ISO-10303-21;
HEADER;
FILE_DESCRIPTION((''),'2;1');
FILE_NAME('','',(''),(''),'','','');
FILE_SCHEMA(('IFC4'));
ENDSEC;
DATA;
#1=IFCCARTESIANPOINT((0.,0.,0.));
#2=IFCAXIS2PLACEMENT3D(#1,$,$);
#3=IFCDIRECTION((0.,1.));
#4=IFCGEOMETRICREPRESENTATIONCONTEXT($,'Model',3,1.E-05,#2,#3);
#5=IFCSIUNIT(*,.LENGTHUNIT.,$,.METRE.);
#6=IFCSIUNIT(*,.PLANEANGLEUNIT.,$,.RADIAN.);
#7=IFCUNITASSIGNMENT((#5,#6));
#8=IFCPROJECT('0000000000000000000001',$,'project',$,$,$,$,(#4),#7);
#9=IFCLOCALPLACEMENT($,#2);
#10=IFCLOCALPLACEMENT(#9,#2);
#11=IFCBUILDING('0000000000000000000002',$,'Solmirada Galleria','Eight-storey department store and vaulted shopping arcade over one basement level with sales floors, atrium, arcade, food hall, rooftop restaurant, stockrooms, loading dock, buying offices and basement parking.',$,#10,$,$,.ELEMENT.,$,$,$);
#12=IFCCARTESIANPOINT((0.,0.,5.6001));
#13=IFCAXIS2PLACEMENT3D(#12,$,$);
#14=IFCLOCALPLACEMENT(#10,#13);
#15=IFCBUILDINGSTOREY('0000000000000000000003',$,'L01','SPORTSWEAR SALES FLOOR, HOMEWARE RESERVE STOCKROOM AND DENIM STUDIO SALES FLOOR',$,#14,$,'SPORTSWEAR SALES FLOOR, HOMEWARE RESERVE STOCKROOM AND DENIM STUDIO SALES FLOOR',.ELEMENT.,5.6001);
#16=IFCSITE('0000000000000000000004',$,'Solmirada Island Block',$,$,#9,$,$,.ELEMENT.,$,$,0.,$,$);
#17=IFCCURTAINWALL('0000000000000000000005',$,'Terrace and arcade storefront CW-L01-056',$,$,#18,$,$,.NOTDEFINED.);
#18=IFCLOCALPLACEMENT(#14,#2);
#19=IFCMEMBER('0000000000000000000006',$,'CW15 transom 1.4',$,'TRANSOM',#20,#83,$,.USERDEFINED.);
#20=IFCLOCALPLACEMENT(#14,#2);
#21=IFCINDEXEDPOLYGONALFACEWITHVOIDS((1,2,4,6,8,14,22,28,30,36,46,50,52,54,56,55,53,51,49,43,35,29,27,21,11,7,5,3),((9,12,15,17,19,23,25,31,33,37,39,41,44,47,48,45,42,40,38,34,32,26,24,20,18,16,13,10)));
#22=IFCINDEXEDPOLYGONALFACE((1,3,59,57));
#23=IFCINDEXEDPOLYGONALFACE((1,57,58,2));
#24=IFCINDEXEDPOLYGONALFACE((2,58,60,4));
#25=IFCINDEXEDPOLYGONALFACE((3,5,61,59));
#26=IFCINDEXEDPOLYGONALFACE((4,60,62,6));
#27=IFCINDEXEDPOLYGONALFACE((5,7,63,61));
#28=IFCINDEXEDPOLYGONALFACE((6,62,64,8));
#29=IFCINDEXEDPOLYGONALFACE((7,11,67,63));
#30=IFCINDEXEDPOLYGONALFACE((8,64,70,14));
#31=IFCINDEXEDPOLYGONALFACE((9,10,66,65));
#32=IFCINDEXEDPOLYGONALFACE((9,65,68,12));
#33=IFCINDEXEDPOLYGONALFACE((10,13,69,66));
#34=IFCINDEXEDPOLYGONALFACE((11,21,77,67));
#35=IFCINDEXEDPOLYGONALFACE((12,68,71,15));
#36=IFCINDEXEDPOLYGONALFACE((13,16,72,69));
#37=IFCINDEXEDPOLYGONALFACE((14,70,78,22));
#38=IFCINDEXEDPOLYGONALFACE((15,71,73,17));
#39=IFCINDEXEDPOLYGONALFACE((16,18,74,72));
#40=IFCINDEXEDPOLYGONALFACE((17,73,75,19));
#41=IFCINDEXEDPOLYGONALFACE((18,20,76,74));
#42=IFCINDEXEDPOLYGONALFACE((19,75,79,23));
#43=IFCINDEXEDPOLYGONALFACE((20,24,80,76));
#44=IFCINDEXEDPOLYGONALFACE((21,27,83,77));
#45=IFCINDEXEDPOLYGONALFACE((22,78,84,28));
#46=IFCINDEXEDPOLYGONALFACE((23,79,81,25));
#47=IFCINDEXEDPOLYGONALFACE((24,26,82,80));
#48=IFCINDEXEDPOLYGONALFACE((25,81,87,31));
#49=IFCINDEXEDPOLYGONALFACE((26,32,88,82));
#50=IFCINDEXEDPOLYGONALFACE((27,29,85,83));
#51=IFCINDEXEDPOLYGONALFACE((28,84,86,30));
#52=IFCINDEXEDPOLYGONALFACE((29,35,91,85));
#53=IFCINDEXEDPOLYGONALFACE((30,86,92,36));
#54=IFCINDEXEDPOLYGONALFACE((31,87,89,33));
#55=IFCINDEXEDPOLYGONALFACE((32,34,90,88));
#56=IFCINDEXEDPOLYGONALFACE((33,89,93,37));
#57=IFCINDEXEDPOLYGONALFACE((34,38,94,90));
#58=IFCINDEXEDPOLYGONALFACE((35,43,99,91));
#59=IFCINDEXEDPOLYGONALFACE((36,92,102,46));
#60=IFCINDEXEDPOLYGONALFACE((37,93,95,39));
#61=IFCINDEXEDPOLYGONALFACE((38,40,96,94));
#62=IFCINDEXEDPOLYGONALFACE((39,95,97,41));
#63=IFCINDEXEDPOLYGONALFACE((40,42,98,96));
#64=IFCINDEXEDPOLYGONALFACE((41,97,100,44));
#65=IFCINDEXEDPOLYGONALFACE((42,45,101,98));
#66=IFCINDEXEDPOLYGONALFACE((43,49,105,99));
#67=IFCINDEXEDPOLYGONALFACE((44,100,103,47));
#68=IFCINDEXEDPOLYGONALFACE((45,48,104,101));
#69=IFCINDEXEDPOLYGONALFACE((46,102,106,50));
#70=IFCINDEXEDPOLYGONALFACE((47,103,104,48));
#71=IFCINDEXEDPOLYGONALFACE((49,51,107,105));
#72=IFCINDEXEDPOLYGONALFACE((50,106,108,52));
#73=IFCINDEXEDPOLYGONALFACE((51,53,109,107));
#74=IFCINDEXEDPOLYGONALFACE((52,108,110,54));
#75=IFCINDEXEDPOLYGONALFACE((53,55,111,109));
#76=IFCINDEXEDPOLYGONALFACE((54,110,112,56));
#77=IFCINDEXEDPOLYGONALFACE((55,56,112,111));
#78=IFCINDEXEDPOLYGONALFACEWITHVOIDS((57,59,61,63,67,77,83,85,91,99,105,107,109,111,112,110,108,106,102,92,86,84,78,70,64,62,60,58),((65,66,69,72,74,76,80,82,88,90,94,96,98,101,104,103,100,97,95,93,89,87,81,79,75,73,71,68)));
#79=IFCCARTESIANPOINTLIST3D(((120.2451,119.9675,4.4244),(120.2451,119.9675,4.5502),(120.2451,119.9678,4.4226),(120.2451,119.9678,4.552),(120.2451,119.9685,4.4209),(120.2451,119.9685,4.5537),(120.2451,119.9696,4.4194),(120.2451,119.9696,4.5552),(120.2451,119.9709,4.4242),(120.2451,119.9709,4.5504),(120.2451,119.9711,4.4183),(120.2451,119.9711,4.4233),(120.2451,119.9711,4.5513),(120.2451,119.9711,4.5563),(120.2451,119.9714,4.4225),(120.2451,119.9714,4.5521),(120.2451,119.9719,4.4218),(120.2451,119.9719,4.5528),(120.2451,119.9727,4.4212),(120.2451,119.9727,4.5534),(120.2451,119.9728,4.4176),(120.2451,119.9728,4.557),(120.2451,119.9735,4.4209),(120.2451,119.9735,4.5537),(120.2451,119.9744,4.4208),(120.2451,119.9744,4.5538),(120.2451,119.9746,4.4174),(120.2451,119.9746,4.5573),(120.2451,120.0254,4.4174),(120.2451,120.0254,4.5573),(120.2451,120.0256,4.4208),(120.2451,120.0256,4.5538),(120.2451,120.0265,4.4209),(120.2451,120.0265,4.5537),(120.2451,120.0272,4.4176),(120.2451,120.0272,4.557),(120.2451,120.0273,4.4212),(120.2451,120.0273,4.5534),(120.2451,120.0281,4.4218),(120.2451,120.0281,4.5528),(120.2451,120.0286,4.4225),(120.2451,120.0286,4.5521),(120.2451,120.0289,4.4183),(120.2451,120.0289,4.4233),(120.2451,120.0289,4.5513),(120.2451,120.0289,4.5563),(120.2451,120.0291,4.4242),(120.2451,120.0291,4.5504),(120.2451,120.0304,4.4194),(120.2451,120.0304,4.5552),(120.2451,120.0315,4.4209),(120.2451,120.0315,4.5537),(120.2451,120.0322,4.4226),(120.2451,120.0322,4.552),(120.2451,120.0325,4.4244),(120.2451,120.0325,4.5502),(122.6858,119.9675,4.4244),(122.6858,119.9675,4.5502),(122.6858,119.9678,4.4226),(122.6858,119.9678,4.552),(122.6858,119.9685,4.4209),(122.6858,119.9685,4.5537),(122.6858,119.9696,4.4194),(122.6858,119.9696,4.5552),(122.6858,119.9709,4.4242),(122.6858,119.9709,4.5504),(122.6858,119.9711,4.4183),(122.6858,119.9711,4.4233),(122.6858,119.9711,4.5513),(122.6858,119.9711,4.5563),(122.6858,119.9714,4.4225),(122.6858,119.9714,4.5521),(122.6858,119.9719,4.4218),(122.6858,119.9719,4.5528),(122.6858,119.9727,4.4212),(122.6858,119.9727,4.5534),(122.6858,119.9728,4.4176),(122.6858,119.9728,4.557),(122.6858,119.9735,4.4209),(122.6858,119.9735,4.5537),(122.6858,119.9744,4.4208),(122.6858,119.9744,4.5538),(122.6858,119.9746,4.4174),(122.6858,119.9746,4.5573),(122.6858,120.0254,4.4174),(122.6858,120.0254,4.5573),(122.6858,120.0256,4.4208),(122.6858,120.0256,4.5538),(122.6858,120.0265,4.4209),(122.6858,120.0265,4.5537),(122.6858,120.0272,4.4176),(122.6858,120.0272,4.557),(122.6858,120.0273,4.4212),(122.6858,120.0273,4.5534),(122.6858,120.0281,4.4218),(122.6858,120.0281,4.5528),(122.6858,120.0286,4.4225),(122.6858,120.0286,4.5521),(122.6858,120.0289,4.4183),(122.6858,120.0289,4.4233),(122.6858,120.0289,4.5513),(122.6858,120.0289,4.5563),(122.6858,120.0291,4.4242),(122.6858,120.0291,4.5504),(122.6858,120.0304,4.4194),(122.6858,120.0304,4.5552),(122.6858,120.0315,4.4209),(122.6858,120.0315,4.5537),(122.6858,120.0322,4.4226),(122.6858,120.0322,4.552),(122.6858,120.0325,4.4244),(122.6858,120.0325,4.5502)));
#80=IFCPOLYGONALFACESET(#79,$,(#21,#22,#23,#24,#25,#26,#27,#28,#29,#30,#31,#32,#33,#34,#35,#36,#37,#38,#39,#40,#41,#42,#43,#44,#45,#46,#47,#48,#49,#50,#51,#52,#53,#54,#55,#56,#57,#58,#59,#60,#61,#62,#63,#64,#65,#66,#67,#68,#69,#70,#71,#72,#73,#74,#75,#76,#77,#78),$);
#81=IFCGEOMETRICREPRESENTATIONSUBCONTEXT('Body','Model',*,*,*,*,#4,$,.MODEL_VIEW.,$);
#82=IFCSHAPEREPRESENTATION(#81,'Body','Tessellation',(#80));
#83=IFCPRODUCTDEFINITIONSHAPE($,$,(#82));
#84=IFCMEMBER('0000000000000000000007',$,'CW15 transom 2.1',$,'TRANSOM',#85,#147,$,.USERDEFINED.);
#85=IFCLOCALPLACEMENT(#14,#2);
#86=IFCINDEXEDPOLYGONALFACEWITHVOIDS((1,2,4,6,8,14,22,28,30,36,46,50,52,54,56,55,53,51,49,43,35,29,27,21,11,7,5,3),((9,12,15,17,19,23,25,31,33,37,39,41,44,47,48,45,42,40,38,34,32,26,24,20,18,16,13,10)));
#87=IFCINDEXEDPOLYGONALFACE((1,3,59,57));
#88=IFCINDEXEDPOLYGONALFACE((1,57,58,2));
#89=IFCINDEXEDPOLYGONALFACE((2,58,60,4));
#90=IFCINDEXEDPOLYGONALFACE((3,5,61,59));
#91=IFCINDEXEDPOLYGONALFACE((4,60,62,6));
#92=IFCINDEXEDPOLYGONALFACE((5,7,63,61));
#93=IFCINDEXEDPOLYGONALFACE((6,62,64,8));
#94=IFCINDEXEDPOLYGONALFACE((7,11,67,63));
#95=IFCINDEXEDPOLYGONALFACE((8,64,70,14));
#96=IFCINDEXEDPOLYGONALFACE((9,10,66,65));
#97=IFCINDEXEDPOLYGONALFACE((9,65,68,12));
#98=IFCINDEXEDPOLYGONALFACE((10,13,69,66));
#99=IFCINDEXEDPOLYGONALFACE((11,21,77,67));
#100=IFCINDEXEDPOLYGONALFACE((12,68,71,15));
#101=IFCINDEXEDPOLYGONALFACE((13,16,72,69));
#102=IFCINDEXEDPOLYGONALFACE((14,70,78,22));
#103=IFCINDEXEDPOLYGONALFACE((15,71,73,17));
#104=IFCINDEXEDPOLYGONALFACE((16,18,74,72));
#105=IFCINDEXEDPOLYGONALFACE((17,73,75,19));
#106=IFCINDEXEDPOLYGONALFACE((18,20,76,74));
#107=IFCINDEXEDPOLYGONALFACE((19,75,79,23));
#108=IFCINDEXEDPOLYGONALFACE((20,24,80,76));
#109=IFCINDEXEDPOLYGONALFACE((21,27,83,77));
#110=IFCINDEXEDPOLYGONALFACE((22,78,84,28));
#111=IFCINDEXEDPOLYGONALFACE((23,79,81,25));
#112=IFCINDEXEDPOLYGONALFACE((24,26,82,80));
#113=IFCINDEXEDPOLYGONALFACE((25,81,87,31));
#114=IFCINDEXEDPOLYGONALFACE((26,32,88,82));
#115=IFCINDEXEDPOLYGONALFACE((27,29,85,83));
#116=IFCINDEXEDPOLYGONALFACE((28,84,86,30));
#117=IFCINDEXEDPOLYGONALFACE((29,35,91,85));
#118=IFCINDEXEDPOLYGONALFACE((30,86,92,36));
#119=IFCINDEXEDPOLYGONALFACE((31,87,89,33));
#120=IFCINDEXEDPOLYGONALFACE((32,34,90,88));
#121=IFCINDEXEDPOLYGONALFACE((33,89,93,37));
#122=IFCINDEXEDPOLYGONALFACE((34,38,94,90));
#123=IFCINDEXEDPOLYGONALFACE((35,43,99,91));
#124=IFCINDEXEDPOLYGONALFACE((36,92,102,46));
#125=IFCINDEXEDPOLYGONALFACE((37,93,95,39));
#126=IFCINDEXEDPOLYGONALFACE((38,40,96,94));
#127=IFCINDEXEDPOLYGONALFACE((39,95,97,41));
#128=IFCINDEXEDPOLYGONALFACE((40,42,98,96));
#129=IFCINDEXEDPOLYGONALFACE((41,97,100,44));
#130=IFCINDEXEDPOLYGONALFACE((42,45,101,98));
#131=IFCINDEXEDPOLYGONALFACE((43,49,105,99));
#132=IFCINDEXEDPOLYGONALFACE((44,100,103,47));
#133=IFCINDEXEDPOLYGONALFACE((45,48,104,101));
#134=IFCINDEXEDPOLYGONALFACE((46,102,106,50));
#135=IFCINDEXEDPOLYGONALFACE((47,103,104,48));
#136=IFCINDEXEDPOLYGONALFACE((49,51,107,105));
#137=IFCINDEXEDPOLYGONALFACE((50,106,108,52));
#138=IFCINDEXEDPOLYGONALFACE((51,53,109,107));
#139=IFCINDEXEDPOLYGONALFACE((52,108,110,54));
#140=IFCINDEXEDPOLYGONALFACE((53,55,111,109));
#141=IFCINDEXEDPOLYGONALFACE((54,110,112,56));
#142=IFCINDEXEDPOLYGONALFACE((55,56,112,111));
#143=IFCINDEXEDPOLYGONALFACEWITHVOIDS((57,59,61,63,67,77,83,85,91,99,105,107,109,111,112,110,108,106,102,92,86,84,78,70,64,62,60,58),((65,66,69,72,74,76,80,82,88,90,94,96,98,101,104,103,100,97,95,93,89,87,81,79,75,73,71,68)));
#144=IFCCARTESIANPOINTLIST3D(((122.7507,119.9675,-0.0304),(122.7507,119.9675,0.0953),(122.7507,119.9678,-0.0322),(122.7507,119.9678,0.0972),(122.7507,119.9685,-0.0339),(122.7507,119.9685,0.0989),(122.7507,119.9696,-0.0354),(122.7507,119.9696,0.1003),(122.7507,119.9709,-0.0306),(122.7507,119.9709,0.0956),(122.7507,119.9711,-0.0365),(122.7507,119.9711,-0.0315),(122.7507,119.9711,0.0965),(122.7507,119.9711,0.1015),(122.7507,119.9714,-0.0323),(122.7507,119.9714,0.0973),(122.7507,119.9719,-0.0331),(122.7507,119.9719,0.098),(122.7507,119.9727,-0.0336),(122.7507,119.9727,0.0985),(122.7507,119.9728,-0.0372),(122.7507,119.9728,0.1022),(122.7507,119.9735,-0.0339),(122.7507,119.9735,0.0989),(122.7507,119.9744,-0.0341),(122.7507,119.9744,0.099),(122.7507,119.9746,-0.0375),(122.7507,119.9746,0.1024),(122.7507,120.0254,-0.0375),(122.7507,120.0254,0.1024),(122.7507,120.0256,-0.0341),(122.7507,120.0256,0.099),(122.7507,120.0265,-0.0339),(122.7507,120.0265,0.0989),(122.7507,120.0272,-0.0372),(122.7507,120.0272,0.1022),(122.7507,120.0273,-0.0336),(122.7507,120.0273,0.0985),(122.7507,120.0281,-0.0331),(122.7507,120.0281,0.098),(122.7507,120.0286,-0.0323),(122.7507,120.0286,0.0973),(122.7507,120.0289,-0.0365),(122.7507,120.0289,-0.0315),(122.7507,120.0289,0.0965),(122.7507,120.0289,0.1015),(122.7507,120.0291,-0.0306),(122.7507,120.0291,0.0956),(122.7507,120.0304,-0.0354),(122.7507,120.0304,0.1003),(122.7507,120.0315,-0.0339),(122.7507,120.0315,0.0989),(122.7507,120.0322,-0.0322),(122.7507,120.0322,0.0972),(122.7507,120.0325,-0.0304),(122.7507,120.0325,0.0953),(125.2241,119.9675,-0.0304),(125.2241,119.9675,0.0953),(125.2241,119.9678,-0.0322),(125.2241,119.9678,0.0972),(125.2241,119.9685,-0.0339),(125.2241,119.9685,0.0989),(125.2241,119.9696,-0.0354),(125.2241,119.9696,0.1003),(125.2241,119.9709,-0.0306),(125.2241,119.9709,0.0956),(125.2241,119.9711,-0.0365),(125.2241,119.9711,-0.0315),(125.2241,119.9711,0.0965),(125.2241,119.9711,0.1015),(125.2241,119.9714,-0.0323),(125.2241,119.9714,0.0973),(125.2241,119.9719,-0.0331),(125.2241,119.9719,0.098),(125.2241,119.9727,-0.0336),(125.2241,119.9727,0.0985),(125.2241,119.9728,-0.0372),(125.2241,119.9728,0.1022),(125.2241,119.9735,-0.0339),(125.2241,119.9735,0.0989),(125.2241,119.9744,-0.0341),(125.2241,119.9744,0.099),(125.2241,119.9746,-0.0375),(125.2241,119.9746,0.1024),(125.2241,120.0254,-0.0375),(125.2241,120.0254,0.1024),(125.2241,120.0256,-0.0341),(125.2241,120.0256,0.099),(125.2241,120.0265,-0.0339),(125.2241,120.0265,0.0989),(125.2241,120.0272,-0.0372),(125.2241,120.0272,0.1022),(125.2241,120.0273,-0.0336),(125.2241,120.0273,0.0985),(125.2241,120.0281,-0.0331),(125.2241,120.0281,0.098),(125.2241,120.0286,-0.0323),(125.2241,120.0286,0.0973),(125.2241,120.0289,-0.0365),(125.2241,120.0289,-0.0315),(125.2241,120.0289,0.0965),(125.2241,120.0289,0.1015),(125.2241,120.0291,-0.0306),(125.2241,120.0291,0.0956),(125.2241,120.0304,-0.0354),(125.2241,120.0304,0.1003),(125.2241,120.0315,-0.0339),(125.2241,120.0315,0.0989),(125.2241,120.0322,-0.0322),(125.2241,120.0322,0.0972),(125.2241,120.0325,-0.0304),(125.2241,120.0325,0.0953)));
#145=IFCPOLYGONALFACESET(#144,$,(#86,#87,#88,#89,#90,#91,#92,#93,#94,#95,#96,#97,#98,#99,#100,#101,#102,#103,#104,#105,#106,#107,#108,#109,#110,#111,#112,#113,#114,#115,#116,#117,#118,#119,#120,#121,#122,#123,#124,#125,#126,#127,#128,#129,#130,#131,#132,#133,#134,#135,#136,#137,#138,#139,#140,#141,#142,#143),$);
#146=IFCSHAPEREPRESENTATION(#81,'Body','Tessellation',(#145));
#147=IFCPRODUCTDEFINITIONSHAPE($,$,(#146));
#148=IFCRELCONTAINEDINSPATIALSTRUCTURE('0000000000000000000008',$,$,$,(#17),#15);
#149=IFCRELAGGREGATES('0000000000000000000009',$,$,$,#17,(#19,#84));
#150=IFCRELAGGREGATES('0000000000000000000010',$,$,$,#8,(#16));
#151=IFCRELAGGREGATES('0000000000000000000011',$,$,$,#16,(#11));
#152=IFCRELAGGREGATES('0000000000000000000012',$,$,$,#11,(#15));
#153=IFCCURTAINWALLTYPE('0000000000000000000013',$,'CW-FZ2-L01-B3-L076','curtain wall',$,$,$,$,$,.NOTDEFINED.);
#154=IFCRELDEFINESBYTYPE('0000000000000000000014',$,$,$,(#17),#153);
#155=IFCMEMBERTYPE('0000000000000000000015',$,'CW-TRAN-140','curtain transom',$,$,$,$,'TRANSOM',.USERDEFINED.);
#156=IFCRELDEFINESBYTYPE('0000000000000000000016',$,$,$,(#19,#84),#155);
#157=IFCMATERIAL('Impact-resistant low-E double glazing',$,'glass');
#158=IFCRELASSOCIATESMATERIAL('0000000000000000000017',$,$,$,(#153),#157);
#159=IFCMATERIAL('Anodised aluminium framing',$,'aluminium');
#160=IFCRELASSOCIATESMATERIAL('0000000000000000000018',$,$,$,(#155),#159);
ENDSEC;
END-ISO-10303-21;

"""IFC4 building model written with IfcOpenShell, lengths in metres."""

from ifc_helpers import new_model, si_unit, direction, frame, origin, origin_2d, place, context, subcontext, project, spatial, hollow_rectangle, extrude, material, material_profile, profile_set, type_object, element, aggregate, save


model = new_model("IFC4")

# Units and contexts
model_context = context("Model", 3, precision=1e-05, world=origin(), true_north=direction((0.0, 1.0)))
body_context = subcontext(model_context, "Body", "Model", "MODEL_VIEW")
ifc_project = project(units=[si_unit("LENGTHUNIT", "METRE"), si_unit("PLANEANGLEUNIT", "RADIAN")], contexts=[model_context])

# Site, building, storey
site_placement = place(None, origin())
site = spatial("IfcSite", under=ifc_project, at=site_placement, Name="Solmirada Island Block", CompositionType="ELEMENT", RefElevation=0.0)
building_placement = place(site_placement, origin())
building = spatial("IfcBuilding", under=site, at=building_placement, Name="Solmirada Galleria", Description="Eight-storey department store and vaulted shopping arcade over one basement level with sales floors, atrium, arcade, food hall, rooftop restaurant, stockrooms, loading dock, buying offices and basement parking.", CompositionType="ELEMENT")
storey_placement = place(building_placement, frame((0.0, 0.0, 5.6001)))
storey = spatial("IfcBuildingStorey", under=building, at=storey_placement, Name="L01", Description="SPORTSWEAR SALES FLOOR, HOMEWARE RESERVE STOCKROOM AND DENIM STUDIO SALES FLOOR", LongName="SPORTSWEAR SALES FLOOR, HOMEWARE RESERVE STOCKROOM AND DENIM STUDIO SALES FLOOR", CompositionType="ELEMENT", Elevation=5.6001)

# Curtain wall
ifc_material_1 = material(Name="Impact-resistant low-E double glazing", Category="glass")
ifc_material_2 = material(Name="Anodised aluminium framing", Category="aluminium")
curtain_wall_type_1 = type_object("IfcCurtainWallType", Name="CW-FZ2-L01-B3-L076", Description="curtain wall", PredefinedType="NOTDEFINED", material=ifc_material_1)
curtain_wall_1_placement = place(storey_placement, origin())
curtain_wall_1 = element("IfcCurtainWall", 1, at=curtain_wall_1_placement, inside=storey, type_object=curtain_wall_type_1, Name="Terrace and arcade storefront CW-L01-056", PredefinedType="NOTDEFINED")

# Members
ifc_material_profile_1 = material_profile(ifc_material_2, hollow_rectangle(XDim=0.0649, YDim=0.1399, WallThickness=0.0034, InnerFilletRadius=0.0034, OuterFilletRadius=0.0071, at=origin_2d()), Name="ALU-TRAN-140X65")
ifc_profile_set_1 = profile_set([ifc_material_profile_1], Name="Anodised aluminium framing")
member_type_1 = type_object("IfcMemberType", Name="CW-TRAN-140", Description="curtain transom", ElementType="TRANSOM", PredefinedType="USERDEFINED", material=ifc_profile_set_1)
member_1_placement = place(storey_placement, frame((120.2451, 120.0, 4.4873), z_axis=(1.0, 0.0, 0.0), x_axis=(0.0, 1.0, 0.0)))
member_1 = element("IfcMember", 2, at=member_1_placement, type_object=member_type_1, Name="CW15 transom 1.4", ObjectType="TRANSOM", PredefinedType="USERDEFINED", context=body_context, shape_type="SweptSolid", body=[
    extrude(hollow_rectangle(XDim=0.0649, YDim=0.1399, WallThickness=0.0034, InnerFilletRadius=0.0034, OuterFilletRadius=0.0071, at=origin_2d()), origin(), (0.0, 0.0, 1.0), 2.4407),
])
member_2_placement = place(storey_placement, frame((122.7507, 120.0, 0.0325), z_axis=(1.0, 0.0, 0.0), x_axis=(0.0, 1.0, 0.0)))
member_2 = element("IfcMember", 3, at=member_2_placement, type_object=member_type_1, Name="CW15 transom 2.1", ObjectType="TRANSOM", PredefinedType="USERDEFINED", context=body_context, shape_type="SweptSolid", body=[
    extrude(hollow_rectangle(XDim=0.0649, YDim=0.1399, WallThickness=0.0034, InnerFilletRadius=0.0034, OuterFilletRadius=0.0071, at=origin_2d()), origin(), (0.0, 0.0, 1.0), 2.4734),
])

aggregate(curtain_wall_1, [member_1, member_2])

save(model, "model.ifc")
